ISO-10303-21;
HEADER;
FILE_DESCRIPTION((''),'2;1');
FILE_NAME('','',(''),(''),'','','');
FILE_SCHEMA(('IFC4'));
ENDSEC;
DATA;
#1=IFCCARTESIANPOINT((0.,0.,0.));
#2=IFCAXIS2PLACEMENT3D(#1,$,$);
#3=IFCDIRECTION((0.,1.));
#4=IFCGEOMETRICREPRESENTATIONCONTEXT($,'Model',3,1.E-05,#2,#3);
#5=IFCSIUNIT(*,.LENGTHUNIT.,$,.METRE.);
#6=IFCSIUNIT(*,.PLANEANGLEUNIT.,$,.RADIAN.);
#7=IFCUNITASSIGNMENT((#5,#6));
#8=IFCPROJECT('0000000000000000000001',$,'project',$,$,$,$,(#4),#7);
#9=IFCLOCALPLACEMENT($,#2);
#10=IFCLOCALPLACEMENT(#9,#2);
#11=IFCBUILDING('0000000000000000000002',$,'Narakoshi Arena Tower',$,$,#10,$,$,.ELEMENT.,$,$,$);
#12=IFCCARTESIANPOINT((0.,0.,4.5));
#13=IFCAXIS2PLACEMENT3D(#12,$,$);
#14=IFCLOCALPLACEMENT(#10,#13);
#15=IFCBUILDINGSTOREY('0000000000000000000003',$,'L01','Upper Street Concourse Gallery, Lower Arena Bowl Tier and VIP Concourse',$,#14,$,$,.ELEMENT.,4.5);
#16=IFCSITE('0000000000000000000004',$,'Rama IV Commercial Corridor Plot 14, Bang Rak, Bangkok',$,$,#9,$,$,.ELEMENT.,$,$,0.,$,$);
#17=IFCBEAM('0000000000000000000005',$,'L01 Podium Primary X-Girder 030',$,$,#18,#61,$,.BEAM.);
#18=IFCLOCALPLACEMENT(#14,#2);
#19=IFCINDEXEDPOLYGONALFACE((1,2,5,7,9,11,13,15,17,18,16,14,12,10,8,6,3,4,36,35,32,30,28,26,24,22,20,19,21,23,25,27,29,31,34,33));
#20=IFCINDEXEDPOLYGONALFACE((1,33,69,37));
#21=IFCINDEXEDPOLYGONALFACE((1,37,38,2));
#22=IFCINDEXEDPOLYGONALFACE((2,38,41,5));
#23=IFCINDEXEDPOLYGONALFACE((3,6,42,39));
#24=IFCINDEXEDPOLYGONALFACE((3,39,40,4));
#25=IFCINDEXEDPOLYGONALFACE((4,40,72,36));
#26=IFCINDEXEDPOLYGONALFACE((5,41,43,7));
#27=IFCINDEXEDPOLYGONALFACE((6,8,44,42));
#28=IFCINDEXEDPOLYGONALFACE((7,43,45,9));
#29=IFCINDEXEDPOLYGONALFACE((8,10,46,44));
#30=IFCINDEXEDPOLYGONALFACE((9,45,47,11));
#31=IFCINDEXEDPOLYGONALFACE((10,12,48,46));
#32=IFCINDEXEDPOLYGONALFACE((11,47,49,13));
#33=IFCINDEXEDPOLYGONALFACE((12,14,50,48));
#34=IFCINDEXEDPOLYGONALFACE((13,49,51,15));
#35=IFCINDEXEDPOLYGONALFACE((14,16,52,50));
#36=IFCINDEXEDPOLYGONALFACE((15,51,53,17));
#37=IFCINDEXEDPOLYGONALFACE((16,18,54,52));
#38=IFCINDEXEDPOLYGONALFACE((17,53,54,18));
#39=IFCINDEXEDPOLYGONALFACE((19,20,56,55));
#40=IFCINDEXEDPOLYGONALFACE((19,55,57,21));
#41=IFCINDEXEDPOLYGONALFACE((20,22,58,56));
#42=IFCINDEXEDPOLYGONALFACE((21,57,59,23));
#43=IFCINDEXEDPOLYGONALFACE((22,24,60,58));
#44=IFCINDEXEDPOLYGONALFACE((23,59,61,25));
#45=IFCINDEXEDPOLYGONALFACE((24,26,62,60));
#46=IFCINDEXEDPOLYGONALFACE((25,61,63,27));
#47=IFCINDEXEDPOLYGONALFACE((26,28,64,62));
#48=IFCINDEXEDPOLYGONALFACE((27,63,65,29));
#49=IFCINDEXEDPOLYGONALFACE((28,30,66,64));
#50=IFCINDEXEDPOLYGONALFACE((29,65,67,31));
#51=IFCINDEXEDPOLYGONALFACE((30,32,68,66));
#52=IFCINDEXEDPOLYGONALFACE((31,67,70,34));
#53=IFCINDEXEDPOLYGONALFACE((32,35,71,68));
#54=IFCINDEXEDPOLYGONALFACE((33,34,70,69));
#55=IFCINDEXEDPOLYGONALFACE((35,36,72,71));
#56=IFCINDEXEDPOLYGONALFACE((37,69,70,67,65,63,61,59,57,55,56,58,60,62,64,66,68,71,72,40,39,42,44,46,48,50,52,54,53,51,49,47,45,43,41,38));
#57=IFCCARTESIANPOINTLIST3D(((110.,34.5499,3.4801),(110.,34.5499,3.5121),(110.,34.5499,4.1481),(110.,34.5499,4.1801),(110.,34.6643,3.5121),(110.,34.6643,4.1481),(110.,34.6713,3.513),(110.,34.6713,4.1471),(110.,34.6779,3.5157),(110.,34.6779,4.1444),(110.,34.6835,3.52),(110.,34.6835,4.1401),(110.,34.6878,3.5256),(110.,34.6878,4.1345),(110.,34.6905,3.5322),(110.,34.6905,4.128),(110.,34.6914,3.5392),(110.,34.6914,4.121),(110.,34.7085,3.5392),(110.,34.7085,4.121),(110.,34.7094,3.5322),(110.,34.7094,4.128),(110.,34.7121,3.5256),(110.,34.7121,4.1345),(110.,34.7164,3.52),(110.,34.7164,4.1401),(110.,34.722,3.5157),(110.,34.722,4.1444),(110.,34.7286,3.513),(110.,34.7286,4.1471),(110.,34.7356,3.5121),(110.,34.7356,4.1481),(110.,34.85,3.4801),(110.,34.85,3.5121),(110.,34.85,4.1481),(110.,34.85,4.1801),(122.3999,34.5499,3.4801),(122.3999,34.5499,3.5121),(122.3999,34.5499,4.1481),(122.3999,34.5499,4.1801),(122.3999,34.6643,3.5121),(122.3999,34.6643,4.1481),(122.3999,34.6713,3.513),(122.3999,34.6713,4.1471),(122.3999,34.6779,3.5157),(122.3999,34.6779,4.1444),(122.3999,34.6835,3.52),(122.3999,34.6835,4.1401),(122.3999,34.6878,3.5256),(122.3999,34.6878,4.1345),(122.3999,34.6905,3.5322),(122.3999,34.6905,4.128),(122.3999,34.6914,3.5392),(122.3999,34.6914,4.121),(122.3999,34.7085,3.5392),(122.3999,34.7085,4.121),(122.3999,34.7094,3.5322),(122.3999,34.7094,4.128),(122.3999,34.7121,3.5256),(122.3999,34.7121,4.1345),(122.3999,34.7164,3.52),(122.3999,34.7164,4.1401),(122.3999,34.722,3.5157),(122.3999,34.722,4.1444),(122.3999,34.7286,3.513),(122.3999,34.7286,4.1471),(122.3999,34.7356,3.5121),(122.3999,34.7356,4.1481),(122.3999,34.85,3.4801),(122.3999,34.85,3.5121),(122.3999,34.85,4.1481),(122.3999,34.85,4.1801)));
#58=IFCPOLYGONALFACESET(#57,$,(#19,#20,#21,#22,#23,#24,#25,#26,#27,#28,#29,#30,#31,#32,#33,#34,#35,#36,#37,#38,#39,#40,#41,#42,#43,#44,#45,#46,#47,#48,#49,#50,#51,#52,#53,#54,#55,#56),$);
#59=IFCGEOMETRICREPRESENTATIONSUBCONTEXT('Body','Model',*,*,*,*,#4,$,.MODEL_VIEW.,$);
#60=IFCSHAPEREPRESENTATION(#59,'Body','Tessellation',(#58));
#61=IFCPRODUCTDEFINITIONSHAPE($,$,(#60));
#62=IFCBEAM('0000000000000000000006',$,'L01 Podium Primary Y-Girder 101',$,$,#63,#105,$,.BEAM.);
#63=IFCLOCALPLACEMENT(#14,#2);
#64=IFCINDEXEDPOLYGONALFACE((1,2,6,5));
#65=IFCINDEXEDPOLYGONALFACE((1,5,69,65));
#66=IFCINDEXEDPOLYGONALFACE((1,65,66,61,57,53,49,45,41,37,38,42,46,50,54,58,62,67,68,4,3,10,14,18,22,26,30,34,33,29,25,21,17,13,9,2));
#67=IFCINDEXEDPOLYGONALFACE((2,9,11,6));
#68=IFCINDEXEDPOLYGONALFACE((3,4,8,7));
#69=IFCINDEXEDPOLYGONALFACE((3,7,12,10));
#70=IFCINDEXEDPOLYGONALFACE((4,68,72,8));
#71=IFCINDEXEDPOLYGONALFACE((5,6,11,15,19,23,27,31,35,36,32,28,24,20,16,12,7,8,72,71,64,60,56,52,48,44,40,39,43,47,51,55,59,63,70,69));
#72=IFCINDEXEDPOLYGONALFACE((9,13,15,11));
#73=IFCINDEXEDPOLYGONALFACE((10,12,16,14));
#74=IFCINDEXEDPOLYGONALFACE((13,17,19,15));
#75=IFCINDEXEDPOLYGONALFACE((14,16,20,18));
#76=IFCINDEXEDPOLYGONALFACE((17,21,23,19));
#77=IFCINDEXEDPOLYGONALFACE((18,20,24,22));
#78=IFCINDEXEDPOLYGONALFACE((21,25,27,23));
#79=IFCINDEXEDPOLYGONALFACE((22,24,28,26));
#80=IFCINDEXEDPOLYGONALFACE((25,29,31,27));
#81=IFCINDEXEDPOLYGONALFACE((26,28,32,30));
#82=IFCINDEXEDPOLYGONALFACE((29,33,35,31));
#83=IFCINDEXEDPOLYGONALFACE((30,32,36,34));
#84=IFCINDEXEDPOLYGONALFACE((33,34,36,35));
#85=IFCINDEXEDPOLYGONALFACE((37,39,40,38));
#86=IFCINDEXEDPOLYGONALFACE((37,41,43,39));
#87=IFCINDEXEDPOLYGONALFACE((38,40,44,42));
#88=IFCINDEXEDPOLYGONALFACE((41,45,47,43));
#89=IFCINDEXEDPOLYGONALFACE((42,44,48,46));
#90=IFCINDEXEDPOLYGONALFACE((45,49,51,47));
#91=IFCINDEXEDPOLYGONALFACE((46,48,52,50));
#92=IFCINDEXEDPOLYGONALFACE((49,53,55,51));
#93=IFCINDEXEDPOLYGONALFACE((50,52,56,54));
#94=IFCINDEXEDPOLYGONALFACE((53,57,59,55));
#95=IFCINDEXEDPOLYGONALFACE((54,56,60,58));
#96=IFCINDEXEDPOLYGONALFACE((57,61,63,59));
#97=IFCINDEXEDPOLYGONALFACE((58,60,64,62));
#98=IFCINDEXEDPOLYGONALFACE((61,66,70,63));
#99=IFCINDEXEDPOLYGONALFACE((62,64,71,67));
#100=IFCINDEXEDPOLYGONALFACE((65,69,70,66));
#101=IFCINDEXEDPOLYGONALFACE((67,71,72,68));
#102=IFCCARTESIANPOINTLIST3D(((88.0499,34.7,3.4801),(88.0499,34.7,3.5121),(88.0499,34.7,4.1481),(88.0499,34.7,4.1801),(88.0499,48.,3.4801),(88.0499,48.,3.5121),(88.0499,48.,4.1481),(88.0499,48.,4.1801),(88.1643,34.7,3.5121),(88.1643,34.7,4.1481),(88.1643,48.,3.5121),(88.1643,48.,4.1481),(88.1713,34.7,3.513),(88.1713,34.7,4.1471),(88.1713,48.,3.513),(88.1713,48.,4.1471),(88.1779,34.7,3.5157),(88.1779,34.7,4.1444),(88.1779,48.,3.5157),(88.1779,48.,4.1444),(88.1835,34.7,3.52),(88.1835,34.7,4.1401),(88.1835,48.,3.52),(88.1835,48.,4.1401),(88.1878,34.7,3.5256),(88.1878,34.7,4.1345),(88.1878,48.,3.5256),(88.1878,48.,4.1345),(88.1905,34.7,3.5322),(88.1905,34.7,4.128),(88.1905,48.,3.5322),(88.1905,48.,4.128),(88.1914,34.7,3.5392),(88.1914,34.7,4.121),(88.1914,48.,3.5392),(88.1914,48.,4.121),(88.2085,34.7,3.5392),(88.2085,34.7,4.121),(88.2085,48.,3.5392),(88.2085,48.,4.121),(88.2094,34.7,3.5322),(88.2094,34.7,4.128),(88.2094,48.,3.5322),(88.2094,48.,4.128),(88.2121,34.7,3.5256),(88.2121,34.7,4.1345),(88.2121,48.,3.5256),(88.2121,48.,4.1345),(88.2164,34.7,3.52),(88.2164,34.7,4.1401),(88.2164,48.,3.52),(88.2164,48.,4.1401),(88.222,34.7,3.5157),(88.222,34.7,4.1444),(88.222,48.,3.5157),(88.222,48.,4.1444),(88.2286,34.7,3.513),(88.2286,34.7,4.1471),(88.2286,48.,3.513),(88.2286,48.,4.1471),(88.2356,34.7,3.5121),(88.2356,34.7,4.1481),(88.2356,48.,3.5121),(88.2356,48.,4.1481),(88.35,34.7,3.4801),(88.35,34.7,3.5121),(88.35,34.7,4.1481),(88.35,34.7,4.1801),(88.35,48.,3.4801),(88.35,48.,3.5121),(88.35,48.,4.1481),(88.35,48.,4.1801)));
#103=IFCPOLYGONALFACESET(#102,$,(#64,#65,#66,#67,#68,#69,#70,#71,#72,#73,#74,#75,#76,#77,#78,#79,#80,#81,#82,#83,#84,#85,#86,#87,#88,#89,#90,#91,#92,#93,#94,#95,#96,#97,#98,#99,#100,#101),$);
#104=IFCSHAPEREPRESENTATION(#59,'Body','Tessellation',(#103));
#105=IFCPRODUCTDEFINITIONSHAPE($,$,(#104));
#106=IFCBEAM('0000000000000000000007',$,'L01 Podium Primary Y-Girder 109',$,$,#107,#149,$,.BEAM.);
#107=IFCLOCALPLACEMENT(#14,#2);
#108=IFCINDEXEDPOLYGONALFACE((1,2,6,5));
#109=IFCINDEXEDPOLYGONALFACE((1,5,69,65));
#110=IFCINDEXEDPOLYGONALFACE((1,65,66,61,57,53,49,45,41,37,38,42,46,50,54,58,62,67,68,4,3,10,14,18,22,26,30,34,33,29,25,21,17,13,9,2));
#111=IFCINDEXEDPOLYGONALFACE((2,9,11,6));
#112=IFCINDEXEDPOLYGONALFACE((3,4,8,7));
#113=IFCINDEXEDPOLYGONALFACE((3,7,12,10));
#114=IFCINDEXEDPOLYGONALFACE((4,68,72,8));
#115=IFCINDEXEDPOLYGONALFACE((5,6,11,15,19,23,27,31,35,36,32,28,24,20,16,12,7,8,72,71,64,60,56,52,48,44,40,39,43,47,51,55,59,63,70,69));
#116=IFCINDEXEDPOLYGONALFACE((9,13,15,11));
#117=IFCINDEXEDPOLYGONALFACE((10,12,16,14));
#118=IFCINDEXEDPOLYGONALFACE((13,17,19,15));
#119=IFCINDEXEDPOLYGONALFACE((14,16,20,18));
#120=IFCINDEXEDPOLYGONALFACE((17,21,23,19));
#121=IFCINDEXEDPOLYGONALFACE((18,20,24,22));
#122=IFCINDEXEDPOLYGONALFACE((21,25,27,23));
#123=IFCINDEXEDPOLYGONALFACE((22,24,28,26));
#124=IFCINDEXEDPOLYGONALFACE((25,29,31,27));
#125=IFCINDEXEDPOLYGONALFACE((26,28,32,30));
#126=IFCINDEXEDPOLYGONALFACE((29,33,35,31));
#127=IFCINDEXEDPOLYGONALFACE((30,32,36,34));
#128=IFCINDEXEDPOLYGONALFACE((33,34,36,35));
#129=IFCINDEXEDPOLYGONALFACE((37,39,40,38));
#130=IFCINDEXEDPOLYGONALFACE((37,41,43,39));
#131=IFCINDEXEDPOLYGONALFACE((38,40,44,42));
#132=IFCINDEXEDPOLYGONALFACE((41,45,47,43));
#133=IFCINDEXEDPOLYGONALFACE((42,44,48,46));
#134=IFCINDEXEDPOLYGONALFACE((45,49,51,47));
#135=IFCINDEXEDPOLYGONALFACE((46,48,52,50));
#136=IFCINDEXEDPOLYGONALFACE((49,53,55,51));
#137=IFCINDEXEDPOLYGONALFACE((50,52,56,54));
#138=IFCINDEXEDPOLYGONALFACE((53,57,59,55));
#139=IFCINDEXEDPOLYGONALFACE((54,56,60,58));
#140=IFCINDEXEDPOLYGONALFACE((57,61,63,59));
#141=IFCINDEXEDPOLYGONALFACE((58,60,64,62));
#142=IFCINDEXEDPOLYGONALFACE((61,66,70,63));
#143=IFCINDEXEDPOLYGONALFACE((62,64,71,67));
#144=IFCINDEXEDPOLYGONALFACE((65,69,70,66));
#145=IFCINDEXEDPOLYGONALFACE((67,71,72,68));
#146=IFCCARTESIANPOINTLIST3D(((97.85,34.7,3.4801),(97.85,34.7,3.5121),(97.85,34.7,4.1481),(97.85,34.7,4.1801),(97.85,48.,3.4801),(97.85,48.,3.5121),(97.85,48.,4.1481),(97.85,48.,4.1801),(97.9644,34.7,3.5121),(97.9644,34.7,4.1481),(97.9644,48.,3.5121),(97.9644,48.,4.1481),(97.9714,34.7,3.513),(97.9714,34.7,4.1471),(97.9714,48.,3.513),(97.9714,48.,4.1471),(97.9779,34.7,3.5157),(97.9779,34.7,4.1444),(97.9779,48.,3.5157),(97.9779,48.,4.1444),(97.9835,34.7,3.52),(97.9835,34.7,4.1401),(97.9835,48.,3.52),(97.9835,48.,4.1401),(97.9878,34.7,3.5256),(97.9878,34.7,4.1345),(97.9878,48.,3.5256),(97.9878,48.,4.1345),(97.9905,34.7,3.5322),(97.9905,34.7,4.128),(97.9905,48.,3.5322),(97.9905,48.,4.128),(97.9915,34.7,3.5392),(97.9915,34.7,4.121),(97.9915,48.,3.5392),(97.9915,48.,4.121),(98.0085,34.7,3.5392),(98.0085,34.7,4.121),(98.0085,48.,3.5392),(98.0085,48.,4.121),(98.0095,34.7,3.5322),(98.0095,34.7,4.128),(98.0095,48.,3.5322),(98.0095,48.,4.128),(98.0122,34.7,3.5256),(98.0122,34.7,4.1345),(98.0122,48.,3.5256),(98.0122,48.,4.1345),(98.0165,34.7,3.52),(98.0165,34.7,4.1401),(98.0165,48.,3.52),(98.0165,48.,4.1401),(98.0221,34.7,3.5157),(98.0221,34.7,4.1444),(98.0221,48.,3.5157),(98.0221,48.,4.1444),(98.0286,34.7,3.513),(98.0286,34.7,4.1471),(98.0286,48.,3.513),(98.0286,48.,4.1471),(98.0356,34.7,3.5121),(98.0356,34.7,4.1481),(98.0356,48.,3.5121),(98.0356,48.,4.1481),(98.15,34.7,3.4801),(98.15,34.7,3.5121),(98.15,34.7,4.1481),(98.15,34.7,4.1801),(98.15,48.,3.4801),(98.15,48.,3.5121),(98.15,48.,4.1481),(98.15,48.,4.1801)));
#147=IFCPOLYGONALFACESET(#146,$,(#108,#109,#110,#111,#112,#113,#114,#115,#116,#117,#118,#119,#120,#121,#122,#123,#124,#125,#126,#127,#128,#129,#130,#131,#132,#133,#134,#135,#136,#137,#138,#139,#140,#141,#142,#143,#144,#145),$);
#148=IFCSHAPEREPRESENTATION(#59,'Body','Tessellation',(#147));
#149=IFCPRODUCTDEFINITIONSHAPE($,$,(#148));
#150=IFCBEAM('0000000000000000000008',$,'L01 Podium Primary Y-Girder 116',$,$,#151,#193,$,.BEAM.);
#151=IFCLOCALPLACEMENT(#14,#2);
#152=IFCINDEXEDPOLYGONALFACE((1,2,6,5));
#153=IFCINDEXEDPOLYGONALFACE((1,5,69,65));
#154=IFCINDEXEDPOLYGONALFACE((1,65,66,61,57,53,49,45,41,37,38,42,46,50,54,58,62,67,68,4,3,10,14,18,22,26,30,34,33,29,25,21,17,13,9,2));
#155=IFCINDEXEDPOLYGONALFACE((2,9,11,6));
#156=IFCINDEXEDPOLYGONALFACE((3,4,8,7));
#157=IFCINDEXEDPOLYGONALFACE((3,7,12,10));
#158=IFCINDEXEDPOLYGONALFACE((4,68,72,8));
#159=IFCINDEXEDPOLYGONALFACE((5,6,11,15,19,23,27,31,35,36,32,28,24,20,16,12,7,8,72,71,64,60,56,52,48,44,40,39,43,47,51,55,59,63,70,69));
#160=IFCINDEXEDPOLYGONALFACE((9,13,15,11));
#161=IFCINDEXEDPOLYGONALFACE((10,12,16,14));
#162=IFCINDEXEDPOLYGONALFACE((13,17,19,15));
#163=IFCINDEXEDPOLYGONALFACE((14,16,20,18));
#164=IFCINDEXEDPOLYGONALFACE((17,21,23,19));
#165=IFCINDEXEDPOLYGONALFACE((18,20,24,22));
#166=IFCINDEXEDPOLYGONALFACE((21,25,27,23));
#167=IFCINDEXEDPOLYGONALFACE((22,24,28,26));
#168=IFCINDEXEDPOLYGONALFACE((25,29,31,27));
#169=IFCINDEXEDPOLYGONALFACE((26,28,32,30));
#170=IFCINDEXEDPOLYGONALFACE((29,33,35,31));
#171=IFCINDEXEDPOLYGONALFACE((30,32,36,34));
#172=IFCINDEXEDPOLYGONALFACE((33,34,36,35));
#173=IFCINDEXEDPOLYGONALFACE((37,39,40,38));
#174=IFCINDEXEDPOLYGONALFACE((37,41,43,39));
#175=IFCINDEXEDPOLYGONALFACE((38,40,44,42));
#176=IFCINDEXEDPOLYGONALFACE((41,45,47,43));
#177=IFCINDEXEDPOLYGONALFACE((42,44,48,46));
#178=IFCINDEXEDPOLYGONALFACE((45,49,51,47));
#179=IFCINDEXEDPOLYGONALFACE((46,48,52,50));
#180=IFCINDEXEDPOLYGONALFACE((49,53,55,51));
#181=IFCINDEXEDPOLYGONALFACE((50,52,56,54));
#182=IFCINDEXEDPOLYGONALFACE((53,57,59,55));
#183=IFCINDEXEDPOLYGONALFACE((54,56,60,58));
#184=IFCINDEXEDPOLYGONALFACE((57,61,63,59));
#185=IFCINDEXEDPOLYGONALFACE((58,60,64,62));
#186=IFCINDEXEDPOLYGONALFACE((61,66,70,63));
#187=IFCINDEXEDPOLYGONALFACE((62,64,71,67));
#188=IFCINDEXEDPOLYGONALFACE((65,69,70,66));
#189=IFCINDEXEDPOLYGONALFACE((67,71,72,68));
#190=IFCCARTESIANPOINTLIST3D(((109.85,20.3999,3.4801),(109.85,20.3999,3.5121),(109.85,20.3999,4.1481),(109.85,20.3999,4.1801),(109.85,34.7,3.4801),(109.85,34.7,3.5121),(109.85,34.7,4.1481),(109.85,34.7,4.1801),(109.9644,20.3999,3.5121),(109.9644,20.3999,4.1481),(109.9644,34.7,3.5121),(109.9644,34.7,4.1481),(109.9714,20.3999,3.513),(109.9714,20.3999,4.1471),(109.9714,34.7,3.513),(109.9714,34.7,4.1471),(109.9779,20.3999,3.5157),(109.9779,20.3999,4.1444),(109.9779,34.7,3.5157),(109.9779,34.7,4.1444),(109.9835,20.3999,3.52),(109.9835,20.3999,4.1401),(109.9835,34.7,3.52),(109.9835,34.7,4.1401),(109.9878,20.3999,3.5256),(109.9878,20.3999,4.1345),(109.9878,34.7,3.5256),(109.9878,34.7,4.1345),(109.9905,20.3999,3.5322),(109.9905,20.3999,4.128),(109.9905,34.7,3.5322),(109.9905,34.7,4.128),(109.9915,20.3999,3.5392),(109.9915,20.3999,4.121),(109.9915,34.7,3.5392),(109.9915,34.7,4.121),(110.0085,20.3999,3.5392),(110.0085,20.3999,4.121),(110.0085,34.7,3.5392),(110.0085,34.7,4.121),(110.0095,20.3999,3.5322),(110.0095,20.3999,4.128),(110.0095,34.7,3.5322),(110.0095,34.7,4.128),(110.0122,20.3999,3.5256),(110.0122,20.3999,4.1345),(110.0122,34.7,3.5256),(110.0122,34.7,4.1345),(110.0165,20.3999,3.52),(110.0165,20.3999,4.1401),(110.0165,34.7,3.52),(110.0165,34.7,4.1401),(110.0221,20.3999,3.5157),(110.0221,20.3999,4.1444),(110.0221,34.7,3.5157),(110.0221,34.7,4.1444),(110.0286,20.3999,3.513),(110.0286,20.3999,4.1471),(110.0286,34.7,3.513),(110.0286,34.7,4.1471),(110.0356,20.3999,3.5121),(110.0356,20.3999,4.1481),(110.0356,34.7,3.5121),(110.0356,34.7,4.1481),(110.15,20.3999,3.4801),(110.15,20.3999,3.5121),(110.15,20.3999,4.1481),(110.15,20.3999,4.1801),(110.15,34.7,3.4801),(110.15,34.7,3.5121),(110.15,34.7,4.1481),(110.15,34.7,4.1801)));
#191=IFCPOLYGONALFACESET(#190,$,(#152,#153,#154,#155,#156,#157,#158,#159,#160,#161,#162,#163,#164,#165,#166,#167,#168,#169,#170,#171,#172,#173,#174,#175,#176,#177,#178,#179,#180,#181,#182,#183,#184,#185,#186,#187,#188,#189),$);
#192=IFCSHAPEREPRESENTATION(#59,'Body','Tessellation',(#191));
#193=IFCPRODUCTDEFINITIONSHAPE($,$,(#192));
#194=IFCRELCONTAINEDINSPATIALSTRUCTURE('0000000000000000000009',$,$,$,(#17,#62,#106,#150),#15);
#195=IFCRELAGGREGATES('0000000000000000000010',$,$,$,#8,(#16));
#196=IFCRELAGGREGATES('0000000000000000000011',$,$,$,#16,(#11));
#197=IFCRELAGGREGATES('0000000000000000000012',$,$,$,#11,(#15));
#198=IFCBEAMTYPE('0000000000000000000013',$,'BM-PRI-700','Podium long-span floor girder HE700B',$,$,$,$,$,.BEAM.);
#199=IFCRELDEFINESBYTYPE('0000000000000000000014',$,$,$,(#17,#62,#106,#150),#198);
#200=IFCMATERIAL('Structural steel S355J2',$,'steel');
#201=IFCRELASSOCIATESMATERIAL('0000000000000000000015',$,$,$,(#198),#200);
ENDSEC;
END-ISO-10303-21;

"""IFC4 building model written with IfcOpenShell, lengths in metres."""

from ifc_helpers import new_model, si_unit, direction, frame, origin, origin_2d, place, context, subcontext, project, spatial, i_section, extrude, material, material_profile, profile_set, type_object, element, save


model = new_model("IFC4")

# Units and contexts
model_context = context("Model", 3, precision=1e-05, world=origin(), true_north=direction((0.0, 1.0)))
body_context = subcontext(model_context, "Body", "Model", "MODEL_VIEW")
ifc_project = project(units=[si_unit("LENGTHUNIT", "METRE"), si_unit("PLANEANGLEUNIT", "RADIAN")], contexts=[model_context])

# Site, building, storey
site_placement = place(None, origin())
site = spatial("IfcSite", under=ifc_project, at=site_placement, Name="Rama IV Commercial Corridor Plot 14, Bang Rak, Bangkok", CompositionType="ELEMENT", RefElevation=0.0)
building_placement = place(site_placement, origin())
building = spatial("IfcBuilding", under=site, at=building_placement, Name="Narakoshi Arena Tower", CompositionType="ELEMENT")
storey_placement = place(building_placement, frame((0.0, 0.0, 4.5)))
storey = spatial("IfcBuildingStorey", under=building, at=storey_placement, Name="L01", Description="Upper Street Concourse Gallery, Lower Arena Bowl Tier and VIP Concourse", CompositionType="ELEMENT", Elevation=4.5)

# Beams
ifc_material_1 = material(Name="Structural steel S355J2", Category="steel")
ifc_material_profile_1 = material_profile(ifc_material_1, i_section(OverallWidth=0.3, OverallDepth=0.7, WebThickness=0.0171, FlangeThickness=0.032, FilletRadius=0.0271, at=origin_2d()), Name="HE700B")
ifc_profile_set_1 = profile_set([ifc_material_profile_1], Name="Structural steel S355J2")
beam_type_1 = type_object("IfcBeamType", Name="BM-PRI-700", Description="Podium long-span floor girder HE700B", PredefinedType="BEAM", material=ifc_profile_set_1)
beam_1_placement = place(storey_placement, frame((110.0, 34.7, 3.8301), z_axis=(1.0, 0.0, 0.0), x_axis=(0.0, 1.0, 0.0)))
element("IfcBeam", 1, at=beam_1_placement, inside=storey, type_object=beam_type_1, Name="L01 Podium Primary X-Girder 030", PredefinedType="BEAM", context=body_context, shape_type="SweptSolid", body=[
    extrude(i_section(OverallWidth=0.3, OverallDepth=0.7, WebThickness=0.0171, FlangeThickness=0.032, FilletRadius=0.0271, at=origin_2d()), origin(), (0.0, 0.0, 1.0), 12.3999),
])
for number, where, z_axis, x_axis, name in (
    (2, (88.2, 34.7, 3.8301), (0.0, 1.0, 0.0), (-1.0, 0.0, 0.0), "L01 Podium Primary Y-Girder 101"),
    (3, (98.0, 34.7, 3.8301), (0.0, 1.0, 0.0), (-1.0, 0.0, 0.0), "L01 Podium Primary Y-Girder 109"),
):
    element("IfcBeam", number, at=place(storey_placement, frame(where, z_axis=z_axis, x_axis=x_axis)), inside=storey, type_object=beam_type_1, Name=name, PredefinedType="BEAM", context=body_context, shape_type="SweptSolid", body=[
        extrude(i_section(OverallWidth=0.3, OverallDepth=0.7, WebThickness=0.0171, FlangeThickness=0.032, FilletRadius=0.0271, at=origin_2d()), origin(), (0.0, 0.0, 1.0), 13.3),
    ])
beam_2_placement = place(storey_placement, frame((110.0, 20.3999, 3.8301), z_axis=(0.0, 1.0, 0.0), x_axis=(-1.0, 0.0, 0.0)))
element("IfcBeam", 4, at=beam_2_placement, inside=storey, type_object=beam_type_1, Name="L01 Podium Primary Y-Girder 116", PredefinedType="BEAM", context=body_context, shape_type="SweptSolid", body=[
    extrude(i_section(OverallWidth=0.3, OverallDepth=0.7, WebThickness=0.0171, FlangeThickness=0.032, FilletRadius=0.0271, at=origin_2d()), origin(), (0.0, 0.0, 1.0), 14.3),
])

save(model, "model.ifc")
